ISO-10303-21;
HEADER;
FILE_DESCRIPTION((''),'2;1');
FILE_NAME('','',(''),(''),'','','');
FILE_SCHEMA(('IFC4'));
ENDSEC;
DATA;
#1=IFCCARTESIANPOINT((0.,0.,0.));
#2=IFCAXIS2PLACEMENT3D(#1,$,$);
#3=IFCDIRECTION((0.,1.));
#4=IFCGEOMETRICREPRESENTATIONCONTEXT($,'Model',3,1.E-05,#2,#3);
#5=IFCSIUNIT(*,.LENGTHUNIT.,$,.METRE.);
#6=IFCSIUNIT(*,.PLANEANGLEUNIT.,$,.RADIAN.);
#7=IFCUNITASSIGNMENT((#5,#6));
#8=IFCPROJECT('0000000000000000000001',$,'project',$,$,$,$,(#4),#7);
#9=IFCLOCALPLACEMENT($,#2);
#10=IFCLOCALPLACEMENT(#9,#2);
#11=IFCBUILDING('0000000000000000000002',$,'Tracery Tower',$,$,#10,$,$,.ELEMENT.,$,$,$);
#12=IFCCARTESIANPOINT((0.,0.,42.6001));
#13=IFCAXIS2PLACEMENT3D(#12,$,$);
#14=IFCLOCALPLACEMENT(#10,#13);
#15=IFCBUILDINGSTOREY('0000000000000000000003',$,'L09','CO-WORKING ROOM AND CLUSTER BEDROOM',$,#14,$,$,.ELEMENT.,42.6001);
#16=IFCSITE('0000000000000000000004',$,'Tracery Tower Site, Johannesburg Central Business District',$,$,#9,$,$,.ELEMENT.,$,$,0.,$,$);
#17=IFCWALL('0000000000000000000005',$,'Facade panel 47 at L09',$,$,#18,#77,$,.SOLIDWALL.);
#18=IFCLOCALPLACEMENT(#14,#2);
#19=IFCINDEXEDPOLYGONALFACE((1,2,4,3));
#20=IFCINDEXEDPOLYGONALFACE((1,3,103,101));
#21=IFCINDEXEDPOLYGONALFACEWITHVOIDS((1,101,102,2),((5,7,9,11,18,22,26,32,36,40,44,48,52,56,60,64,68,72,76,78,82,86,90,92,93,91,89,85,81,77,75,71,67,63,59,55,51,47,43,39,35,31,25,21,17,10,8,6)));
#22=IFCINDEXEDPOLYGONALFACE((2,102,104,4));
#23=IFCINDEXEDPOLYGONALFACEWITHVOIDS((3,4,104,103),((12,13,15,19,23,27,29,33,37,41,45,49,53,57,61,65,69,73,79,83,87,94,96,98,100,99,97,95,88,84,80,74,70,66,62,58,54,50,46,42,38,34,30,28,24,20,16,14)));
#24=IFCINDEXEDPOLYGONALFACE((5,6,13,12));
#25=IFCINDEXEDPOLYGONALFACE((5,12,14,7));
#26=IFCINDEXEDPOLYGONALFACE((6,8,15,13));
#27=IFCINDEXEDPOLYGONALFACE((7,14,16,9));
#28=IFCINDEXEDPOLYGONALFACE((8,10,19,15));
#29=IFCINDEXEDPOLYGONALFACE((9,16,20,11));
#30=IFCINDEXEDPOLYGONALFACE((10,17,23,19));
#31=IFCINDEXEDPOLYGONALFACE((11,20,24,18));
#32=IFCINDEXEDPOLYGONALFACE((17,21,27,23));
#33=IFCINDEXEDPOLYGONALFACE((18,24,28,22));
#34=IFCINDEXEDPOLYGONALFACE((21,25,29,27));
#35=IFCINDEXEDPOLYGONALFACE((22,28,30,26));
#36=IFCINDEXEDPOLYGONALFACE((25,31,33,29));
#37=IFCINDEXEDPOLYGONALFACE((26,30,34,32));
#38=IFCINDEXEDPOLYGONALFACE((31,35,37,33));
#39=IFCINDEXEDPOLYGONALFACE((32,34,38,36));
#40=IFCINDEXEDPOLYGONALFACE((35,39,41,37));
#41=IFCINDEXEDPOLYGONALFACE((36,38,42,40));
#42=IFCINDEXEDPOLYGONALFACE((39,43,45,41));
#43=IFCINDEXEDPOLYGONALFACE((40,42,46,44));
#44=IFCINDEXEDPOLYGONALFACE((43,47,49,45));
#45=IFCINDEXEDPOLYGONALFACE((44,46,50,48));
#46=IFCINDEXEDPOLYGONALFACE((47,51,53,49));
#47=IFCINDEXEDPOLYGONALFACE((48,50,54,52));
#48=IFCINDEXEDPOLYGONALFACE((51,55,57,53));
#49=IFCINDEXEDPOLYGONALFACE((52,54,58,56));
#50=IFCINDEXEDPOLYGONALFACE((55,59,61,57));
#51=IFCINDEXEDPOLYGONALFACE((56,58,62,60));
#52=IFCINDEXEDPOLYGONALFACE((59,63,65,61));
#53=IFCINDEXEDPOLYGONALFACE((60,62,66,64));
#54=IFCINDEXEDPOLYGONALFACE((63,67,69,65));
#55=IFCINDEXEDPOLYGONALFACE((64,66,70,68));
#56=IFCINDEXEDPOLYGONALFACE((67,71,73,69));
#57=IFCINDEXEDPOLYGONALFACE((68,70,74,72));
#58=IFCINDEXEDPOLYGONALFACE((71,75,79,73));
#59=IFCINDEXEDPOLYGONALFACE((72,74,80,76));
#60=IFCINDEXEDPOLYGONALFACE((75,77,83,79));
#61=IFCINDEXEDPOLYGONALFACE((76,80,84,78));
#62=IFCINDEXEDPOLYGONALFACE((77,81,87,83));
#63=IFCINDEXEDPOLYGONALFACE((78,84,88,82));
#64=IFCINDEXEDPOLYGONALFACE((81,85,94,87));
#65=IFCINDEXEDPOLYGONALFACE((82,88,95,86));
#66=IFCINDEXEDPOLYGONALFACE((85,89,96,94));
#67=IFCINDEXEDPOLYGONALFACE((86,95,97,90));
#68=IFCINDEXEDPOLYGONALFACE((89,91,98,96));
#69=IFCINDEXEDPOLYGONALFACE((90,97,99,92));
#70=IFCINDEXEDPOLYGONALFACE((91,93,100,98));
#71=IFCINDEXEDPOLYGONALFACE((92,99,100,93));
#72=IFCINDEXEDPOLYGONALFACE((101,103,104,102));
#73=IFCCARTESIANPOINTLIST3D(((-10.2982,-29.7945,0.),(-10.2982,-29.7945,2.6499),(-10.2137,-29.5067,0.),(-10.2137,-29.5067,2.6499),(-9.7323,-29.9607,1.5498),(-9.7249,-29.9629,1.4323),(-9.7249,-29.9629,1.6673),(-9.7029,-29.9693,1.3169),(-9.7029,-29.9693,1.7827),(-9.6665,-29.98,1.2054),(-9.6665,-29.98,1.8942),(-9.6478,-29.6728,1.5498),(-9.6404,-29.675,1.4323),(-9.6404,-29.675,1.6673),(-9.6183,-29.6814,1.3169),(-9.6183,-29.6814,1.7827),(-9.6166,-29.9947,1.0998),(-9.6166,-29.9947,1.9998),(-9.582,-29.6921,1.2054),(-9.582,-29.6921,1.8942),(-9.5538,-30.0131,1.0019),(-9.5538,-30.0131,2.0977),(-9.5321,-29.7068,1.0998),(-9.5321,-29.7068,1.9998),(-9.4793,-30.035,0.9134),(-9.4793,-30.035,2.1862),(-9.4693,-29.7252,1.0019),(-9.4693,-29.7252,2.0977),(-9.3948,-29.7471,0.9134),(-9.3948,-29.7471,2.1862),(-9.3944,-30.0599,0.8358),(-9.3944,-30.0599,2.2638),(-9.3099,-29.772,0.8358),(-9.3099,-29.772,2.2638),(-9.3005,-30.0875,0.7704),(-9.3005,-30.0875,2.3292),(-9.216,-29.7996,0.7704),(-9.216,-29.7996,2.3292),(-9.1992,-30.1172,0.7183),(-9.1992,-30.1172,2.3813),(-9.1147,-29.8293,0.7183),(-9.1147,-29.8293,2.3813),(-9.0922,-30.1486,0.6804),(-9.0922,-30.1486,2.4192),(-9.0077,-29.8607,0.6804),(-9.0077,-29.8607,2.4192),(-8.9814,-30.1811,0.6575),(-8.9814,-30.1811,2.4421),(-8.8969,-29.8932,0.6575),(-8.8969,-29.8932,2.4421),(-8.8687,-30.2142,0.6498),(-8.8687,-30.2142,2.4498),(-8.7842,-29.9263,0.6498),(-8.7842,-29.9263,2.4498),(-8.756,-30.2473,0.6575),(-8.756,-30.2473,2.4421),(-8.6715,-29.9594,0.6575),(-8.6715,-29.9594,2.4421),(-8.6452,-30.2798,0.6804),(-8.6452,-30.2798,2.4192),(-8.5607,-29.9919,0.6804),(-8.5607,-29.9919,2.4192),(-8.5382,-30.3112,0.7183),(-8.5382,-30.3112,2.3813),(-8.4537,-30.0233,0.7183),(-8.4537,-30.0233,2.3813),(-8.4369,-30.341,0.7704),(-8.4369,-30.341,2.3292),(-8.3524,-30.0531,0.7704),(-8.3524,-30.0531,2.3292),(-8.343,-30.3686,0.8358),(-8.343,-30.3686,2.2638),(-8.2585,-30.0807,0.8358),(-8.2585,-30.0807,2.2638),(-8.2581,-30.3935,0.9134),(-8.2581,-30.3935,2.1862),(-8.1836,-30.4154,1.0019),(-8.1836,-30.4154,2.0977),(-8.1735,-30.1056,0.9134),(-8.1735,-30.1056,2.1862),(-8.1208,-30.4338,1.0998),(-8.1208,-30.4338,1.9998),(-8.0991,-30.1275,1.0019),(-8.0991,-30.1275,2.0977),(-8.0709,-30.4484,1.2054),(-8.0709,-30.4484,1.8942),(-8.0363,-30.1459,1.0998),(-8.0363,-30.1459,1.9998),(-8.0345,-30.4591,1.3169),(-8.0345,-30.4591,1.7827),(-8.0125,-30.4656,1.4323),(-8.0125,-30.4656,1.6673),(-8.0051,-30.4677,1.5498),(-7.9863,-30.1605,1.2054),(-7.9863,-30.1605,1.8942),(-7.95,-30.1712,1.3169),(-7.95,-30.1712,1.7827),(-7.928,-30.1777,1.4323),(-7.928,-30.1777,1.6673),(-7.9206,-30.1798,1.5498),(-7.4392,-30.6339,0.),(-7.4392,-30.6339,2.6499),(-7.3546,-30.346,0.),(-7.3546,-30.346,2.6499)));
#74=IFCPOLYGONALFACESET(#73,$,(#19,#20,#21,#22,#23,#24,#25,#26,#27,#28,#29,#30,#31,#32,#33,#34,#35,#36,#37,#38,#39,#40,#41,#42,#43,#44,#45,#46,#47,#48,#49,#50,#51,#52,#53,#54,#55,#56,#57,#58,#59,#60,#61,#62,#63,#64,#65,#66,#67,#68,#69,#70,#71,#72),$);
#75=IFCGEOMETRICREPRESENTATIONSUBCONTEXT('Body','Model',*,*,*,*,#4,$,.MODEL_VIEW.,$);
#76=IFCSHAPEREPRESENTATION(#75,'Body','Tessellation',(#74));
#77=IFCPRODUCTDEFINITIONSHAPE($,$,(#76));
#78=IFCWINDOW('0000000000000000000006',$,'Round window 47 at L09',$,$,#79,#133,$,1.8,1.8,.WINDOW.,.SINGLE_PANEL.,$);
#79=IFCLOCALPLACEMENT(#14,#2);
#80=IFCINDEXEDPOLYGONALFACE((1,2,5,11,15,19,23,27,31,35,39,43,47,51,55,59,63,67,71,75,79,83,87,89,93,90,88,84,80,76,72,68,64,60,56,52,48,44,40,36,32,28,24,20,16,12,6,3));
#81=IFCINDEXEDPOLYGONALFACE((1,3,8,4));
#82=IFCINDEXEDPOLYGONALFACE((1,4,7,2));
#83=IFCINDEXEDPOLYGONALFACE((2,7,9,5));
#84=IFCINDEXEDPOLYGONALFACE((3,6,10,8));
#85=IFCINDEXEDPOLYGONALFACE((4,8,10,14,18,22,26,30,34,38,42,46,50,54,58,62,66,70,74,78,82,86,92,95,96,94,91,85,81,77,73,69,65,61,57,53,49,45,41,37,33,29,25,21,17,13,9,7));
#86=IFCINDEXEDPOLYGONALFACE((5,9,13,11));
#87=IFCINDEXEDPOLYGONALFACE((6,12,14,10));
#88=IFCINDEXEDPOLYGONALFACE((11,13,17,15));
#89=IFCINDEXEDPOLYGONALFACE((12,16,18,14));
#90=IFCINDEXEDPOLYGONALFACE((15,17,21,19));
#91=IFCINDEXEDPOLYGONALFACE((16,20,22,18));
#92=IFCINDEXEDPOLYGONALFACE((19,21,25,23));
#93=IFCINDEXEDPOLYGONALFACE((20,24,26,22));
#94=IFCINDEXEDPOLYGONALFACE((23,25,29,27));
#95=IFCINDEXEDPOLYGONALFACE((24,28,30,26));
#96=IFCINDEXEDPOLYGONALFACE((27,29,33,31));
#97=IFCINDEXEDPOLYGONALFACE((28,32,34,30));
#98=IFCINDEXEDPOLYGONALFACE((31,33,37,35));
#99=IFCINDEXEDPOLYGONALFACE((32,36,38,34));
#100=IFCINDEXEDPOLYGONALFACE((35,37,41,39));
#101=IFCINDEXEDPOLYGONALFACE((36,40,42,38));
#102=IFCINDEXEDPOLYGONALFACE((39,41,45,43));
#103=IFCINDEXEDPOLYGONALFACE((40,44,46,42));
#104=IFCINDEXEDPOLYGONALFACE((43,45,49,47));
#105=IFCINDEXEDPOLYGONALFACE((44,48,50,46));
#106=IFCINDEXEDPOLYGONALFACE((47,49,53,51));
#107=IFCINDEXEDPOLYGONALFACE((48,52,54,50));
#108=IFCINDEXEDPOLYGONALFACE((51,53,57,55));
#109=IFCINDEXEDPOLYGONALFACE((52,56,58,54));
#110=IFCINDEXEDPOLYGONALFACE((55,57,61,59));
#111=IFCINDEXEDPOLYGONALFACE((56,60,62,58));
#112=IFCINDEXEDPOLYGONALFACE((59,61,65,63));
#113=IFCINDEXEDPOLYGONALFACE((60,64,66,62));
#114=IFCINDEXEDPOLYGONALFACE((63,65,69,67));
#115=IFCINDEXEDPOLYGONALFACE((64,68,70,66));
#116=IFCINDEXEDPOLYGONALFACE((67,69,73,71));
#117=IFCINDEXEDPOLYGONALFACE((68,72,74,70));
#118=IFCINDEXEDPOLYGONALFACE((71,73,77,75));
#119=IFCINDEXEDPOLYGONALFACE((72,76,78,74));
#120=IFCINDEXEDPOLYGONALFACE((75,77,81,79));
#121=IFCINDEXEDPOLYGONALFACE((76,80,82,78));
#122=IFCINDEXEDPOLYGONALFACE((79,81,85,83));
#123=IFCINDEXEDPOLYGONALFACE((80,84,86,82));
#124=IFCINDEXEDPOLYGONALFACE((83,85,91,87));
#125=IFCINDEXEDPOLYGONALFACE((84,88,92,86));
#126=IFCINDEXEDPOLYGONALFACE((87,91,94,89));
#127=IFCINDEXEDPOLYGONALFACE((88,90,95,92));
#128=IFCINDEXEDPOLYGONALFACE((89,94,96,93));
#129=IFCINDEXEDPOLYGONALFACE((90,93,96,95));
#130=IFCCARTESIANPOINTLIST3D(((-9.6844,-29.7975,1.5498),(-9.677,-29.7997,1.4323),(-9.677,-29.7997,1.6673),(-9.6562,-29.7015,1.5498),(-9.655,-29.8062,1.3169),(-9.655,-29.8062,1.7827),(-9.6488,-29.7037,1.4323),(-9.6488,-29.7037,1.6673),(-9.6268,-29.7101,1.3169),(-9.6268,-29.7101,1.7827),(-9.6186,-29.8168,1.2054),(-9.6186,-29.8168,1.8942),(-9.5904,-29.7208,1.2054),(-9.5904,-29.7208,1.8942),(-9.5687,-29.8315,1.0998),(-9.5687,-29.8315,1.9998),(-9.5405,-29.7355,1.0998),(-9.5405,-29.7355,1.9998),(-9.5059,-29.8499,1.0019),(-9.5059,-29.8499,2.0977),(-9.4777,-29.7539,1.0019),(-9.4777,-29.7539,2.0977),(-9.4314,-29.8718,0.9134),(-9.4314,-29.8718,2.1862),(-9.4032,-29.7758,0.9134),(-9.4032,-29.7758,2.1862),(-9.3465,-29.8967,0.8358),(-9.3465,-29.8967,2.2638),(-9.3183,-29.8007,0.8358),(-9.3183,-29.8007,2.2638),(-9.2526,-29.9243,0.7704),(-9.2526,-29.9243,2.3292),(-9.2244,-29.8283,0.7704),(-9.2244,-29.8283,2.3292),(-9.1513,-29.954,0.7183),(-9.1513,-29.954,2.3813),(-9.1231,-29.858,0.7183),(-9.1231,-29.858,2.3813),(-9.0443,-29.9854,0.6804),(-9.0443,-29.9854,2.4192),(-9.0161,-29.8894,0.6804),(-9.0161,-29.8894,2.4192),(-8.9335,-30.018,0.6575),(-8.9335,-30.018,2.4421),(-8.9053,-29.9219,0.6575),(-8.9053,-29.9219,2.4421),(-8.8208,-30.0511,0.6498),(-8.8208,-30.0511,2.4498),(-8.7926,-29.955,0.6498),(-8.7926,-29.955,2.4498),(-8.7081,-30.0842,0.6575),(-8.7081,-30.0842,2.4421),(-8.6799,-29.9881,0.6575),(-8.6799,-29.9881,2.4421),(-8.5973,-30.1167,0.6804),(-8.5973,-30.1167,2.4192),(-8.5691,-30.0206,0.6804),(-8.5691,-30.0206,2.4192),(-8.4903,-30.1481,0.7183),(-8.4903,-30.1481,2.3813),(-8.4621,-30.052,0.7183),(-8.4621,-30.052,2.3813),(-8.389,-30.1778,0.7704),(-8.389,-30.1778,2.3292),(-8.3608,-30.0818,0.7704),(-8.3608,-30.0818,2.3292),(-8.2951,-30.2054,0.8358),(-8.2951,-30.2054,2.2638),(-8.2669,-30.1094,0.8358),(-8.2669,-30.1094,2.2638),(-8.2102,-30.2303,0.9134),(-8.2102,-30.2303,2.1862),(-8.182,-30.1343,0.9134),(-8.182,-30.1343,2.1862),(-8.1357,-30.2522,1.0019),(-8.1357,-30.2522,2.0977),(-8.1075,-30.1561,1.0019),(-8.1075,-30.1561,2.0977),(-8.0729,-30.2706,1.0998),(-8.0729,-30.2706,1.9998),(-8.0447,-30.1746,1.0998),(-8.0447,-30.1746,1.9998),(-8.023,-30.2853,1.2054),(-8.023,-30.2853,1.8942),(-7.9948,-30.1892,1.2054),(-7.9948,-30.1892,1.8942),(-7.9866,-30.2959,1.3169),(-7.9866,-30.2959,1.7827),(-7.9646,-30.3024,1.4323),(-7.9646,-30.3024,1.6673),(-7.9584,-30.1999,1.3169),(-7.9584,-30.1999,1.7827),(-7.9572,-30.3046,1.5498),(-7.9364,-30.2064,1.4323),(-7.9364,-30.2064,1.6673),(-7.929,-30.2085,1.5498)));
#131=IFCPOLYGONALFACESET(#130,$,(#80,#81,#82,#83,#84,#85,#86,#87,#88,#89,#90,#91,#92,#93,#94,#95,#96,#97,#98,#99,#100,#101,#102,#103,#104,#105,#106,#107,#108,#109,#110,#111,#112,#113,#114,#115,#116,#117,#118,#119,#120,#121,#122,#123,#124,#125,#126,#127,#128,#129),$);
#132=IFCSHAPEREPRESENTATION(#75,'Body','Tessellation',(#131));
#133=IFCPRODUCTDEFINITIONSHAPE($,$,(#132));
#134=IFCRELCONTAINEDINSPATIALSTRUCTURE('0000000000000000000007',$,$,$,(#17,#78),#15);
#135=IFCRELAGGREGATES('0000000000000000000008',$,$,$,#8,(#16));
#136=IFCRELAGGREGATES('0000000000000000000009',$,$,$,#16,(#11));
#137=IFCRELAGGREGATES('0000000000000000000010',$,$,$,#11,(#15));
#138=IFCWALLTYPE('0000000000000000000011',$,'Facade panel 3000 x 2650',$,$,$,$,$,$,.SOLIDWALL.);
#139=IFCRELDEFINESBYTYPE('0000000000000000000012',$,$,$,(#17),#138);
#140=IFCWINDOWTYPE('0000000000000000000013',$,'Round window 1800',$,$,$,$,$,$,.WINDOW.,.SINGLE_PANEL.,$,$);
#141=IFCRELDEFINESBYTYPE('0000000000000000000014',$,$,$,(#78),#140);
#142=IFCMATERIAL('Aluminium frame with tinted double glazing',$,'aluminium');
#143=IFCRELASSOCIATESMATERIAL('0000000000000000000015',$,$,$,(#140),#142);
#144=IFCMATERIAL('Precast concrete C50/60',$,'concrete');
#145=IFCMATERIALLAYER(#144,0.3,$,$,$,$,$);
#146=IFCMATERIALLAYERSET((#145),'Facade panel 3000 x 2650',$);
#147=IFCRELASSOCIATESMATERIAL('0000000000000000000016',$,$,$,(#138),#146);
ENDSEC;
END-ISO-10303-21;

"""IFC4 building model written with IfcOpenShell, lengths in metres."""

from ifc_helpers import new_model, si_unit, direction, frame, frame_2d, origin, origin_2d, place, context, subcontext, project, spatial, rectangle, circle, extrude, material, layer, layer_set, type_object, element, fill, save


model = new_model("IFC4")

# Units and contexts
model_context = context("Model", 3, precision=1e-05, world=origin(), true_north=direction((0.0, 1.0)))
body_context = subcontext(model_context, "Body", "Model", "MODEL_VIEW")
ifc_project = project(units=[si_unit("LENGTHUNIT", "METRE"), si_unit("PLANEANGLEUNIT", "RADIAN")], contexts=[model_context])

# Site, building, storey
site_placement = place(None, origin())
site = spatial("IfcSite", under=ifc_project, at=site_placement, Name="Tracery Tower Site, Johannesburg Central Business District", CompositionType="ELEMENT", RefElevation=0.0)
building_placement = place(site_placement, origin())
building = spatial("IfcBuilding", under=site, at=building_placement, Name="Tracery Tower", CompositionType="ELEMENT")
storey_placement = place(building_placement, frame((0.0, 0.0, 42.6001)))
storey = spatial("IfcBuildingStorey", under=building, at=storey_placement, Name="L09", Description="CO-WORKING ROOM AND CLUSTER BEDROOM", CompositionType="ELEMENT", Elevation=42.6001)

# Wall, opening, window
ifc_material_1 = material(Name="Aluminium frame with tinted double glazing", Category="aluminium")
window_type = type_object("IfcWindowType", Name="Round window 1800", PartitioningType="SINGLE_PANEL", PredefinedType="WINDOW", material=ifc_material_1)
ifc_material_2 = material(Name="Precast concrete C50/60", Category="concrete")
ifc_layer_1 = layer(ifc_material_2, 0.3)
ifc_layer_set_1 = layer_set([ifc_layer_1], Name="Facade panel 3000 x 2650")
wall_type_1 = type_object("IfcWallType", Name="Facade panel 3000 x 2650", PredefinedType="SOLIDWALL", material=ifc_layer_set_1)
wall_1_placement = place(storey_placement, frame((-10.2559, -29.6506, 0.0), z_axis=(0.0, 0.0, 1.0), x_axis=(0.959508, -0.281683, 0.0)))
wall_1 = element("IfcWall", 1, at=wall_1_placement, inside=storey, type_object=wall_type_1, Name="Facade panel 47 at L09", PredefinedType="SOLIDWALL", context=body_context, shape_type="SweptSolid", body=[
    extrude(rectangle(XDim=2.9797, YDim=0.3, at=frame_2d((1.4897, 0.0))), origin(), (0.0, 0.0, 1.0), 2.6499),
])
opening_1_placement = place(wall_1_placement, frame((1.4897, 0.0, 1.5498)))
opening_1 = element("IfcOpeningElement", 2, at=opening_1_placement, cuts=wall_1, PredefinedType="OPENING", context=body_context, shape_type="SweptSolid", body=[
    extrude(circle(Radius=0.9, at=origin_2d()), frame((0.0, 0.1599, 0.0), z_axis=(0.0, -1.0, 0.0), x_axis=(1.0, 0.0, 0.0)), (0.0, 0.0, 1.0), 0.3201),
])
window_1_placement = place(opening_1_placement, origin())
window_1 = element("IfcWindow", 3, at=window_1_placement, inside=storey, type_object=window_type, Name="Round window 47 at L09", OverallHeight=1.8, OverallWidth=1.8, PartitioningType="SINGLE_PANEL", PredefinedType="WINDOW", context=body_context, shape_type="SweptSolid", body=[
    extrude(circle(Radius=0.9, at=origin_2d()), frame((0.0, 0.1201, 0.0), z_axis=(0.0, -1.0, 0.0), x_axis=(1.0, 0.0, 0.0)), (0.0, 0.0, 1.0), 0.1001),
])
fill(opening_1, window_1)

save(model, "model.ifc")
